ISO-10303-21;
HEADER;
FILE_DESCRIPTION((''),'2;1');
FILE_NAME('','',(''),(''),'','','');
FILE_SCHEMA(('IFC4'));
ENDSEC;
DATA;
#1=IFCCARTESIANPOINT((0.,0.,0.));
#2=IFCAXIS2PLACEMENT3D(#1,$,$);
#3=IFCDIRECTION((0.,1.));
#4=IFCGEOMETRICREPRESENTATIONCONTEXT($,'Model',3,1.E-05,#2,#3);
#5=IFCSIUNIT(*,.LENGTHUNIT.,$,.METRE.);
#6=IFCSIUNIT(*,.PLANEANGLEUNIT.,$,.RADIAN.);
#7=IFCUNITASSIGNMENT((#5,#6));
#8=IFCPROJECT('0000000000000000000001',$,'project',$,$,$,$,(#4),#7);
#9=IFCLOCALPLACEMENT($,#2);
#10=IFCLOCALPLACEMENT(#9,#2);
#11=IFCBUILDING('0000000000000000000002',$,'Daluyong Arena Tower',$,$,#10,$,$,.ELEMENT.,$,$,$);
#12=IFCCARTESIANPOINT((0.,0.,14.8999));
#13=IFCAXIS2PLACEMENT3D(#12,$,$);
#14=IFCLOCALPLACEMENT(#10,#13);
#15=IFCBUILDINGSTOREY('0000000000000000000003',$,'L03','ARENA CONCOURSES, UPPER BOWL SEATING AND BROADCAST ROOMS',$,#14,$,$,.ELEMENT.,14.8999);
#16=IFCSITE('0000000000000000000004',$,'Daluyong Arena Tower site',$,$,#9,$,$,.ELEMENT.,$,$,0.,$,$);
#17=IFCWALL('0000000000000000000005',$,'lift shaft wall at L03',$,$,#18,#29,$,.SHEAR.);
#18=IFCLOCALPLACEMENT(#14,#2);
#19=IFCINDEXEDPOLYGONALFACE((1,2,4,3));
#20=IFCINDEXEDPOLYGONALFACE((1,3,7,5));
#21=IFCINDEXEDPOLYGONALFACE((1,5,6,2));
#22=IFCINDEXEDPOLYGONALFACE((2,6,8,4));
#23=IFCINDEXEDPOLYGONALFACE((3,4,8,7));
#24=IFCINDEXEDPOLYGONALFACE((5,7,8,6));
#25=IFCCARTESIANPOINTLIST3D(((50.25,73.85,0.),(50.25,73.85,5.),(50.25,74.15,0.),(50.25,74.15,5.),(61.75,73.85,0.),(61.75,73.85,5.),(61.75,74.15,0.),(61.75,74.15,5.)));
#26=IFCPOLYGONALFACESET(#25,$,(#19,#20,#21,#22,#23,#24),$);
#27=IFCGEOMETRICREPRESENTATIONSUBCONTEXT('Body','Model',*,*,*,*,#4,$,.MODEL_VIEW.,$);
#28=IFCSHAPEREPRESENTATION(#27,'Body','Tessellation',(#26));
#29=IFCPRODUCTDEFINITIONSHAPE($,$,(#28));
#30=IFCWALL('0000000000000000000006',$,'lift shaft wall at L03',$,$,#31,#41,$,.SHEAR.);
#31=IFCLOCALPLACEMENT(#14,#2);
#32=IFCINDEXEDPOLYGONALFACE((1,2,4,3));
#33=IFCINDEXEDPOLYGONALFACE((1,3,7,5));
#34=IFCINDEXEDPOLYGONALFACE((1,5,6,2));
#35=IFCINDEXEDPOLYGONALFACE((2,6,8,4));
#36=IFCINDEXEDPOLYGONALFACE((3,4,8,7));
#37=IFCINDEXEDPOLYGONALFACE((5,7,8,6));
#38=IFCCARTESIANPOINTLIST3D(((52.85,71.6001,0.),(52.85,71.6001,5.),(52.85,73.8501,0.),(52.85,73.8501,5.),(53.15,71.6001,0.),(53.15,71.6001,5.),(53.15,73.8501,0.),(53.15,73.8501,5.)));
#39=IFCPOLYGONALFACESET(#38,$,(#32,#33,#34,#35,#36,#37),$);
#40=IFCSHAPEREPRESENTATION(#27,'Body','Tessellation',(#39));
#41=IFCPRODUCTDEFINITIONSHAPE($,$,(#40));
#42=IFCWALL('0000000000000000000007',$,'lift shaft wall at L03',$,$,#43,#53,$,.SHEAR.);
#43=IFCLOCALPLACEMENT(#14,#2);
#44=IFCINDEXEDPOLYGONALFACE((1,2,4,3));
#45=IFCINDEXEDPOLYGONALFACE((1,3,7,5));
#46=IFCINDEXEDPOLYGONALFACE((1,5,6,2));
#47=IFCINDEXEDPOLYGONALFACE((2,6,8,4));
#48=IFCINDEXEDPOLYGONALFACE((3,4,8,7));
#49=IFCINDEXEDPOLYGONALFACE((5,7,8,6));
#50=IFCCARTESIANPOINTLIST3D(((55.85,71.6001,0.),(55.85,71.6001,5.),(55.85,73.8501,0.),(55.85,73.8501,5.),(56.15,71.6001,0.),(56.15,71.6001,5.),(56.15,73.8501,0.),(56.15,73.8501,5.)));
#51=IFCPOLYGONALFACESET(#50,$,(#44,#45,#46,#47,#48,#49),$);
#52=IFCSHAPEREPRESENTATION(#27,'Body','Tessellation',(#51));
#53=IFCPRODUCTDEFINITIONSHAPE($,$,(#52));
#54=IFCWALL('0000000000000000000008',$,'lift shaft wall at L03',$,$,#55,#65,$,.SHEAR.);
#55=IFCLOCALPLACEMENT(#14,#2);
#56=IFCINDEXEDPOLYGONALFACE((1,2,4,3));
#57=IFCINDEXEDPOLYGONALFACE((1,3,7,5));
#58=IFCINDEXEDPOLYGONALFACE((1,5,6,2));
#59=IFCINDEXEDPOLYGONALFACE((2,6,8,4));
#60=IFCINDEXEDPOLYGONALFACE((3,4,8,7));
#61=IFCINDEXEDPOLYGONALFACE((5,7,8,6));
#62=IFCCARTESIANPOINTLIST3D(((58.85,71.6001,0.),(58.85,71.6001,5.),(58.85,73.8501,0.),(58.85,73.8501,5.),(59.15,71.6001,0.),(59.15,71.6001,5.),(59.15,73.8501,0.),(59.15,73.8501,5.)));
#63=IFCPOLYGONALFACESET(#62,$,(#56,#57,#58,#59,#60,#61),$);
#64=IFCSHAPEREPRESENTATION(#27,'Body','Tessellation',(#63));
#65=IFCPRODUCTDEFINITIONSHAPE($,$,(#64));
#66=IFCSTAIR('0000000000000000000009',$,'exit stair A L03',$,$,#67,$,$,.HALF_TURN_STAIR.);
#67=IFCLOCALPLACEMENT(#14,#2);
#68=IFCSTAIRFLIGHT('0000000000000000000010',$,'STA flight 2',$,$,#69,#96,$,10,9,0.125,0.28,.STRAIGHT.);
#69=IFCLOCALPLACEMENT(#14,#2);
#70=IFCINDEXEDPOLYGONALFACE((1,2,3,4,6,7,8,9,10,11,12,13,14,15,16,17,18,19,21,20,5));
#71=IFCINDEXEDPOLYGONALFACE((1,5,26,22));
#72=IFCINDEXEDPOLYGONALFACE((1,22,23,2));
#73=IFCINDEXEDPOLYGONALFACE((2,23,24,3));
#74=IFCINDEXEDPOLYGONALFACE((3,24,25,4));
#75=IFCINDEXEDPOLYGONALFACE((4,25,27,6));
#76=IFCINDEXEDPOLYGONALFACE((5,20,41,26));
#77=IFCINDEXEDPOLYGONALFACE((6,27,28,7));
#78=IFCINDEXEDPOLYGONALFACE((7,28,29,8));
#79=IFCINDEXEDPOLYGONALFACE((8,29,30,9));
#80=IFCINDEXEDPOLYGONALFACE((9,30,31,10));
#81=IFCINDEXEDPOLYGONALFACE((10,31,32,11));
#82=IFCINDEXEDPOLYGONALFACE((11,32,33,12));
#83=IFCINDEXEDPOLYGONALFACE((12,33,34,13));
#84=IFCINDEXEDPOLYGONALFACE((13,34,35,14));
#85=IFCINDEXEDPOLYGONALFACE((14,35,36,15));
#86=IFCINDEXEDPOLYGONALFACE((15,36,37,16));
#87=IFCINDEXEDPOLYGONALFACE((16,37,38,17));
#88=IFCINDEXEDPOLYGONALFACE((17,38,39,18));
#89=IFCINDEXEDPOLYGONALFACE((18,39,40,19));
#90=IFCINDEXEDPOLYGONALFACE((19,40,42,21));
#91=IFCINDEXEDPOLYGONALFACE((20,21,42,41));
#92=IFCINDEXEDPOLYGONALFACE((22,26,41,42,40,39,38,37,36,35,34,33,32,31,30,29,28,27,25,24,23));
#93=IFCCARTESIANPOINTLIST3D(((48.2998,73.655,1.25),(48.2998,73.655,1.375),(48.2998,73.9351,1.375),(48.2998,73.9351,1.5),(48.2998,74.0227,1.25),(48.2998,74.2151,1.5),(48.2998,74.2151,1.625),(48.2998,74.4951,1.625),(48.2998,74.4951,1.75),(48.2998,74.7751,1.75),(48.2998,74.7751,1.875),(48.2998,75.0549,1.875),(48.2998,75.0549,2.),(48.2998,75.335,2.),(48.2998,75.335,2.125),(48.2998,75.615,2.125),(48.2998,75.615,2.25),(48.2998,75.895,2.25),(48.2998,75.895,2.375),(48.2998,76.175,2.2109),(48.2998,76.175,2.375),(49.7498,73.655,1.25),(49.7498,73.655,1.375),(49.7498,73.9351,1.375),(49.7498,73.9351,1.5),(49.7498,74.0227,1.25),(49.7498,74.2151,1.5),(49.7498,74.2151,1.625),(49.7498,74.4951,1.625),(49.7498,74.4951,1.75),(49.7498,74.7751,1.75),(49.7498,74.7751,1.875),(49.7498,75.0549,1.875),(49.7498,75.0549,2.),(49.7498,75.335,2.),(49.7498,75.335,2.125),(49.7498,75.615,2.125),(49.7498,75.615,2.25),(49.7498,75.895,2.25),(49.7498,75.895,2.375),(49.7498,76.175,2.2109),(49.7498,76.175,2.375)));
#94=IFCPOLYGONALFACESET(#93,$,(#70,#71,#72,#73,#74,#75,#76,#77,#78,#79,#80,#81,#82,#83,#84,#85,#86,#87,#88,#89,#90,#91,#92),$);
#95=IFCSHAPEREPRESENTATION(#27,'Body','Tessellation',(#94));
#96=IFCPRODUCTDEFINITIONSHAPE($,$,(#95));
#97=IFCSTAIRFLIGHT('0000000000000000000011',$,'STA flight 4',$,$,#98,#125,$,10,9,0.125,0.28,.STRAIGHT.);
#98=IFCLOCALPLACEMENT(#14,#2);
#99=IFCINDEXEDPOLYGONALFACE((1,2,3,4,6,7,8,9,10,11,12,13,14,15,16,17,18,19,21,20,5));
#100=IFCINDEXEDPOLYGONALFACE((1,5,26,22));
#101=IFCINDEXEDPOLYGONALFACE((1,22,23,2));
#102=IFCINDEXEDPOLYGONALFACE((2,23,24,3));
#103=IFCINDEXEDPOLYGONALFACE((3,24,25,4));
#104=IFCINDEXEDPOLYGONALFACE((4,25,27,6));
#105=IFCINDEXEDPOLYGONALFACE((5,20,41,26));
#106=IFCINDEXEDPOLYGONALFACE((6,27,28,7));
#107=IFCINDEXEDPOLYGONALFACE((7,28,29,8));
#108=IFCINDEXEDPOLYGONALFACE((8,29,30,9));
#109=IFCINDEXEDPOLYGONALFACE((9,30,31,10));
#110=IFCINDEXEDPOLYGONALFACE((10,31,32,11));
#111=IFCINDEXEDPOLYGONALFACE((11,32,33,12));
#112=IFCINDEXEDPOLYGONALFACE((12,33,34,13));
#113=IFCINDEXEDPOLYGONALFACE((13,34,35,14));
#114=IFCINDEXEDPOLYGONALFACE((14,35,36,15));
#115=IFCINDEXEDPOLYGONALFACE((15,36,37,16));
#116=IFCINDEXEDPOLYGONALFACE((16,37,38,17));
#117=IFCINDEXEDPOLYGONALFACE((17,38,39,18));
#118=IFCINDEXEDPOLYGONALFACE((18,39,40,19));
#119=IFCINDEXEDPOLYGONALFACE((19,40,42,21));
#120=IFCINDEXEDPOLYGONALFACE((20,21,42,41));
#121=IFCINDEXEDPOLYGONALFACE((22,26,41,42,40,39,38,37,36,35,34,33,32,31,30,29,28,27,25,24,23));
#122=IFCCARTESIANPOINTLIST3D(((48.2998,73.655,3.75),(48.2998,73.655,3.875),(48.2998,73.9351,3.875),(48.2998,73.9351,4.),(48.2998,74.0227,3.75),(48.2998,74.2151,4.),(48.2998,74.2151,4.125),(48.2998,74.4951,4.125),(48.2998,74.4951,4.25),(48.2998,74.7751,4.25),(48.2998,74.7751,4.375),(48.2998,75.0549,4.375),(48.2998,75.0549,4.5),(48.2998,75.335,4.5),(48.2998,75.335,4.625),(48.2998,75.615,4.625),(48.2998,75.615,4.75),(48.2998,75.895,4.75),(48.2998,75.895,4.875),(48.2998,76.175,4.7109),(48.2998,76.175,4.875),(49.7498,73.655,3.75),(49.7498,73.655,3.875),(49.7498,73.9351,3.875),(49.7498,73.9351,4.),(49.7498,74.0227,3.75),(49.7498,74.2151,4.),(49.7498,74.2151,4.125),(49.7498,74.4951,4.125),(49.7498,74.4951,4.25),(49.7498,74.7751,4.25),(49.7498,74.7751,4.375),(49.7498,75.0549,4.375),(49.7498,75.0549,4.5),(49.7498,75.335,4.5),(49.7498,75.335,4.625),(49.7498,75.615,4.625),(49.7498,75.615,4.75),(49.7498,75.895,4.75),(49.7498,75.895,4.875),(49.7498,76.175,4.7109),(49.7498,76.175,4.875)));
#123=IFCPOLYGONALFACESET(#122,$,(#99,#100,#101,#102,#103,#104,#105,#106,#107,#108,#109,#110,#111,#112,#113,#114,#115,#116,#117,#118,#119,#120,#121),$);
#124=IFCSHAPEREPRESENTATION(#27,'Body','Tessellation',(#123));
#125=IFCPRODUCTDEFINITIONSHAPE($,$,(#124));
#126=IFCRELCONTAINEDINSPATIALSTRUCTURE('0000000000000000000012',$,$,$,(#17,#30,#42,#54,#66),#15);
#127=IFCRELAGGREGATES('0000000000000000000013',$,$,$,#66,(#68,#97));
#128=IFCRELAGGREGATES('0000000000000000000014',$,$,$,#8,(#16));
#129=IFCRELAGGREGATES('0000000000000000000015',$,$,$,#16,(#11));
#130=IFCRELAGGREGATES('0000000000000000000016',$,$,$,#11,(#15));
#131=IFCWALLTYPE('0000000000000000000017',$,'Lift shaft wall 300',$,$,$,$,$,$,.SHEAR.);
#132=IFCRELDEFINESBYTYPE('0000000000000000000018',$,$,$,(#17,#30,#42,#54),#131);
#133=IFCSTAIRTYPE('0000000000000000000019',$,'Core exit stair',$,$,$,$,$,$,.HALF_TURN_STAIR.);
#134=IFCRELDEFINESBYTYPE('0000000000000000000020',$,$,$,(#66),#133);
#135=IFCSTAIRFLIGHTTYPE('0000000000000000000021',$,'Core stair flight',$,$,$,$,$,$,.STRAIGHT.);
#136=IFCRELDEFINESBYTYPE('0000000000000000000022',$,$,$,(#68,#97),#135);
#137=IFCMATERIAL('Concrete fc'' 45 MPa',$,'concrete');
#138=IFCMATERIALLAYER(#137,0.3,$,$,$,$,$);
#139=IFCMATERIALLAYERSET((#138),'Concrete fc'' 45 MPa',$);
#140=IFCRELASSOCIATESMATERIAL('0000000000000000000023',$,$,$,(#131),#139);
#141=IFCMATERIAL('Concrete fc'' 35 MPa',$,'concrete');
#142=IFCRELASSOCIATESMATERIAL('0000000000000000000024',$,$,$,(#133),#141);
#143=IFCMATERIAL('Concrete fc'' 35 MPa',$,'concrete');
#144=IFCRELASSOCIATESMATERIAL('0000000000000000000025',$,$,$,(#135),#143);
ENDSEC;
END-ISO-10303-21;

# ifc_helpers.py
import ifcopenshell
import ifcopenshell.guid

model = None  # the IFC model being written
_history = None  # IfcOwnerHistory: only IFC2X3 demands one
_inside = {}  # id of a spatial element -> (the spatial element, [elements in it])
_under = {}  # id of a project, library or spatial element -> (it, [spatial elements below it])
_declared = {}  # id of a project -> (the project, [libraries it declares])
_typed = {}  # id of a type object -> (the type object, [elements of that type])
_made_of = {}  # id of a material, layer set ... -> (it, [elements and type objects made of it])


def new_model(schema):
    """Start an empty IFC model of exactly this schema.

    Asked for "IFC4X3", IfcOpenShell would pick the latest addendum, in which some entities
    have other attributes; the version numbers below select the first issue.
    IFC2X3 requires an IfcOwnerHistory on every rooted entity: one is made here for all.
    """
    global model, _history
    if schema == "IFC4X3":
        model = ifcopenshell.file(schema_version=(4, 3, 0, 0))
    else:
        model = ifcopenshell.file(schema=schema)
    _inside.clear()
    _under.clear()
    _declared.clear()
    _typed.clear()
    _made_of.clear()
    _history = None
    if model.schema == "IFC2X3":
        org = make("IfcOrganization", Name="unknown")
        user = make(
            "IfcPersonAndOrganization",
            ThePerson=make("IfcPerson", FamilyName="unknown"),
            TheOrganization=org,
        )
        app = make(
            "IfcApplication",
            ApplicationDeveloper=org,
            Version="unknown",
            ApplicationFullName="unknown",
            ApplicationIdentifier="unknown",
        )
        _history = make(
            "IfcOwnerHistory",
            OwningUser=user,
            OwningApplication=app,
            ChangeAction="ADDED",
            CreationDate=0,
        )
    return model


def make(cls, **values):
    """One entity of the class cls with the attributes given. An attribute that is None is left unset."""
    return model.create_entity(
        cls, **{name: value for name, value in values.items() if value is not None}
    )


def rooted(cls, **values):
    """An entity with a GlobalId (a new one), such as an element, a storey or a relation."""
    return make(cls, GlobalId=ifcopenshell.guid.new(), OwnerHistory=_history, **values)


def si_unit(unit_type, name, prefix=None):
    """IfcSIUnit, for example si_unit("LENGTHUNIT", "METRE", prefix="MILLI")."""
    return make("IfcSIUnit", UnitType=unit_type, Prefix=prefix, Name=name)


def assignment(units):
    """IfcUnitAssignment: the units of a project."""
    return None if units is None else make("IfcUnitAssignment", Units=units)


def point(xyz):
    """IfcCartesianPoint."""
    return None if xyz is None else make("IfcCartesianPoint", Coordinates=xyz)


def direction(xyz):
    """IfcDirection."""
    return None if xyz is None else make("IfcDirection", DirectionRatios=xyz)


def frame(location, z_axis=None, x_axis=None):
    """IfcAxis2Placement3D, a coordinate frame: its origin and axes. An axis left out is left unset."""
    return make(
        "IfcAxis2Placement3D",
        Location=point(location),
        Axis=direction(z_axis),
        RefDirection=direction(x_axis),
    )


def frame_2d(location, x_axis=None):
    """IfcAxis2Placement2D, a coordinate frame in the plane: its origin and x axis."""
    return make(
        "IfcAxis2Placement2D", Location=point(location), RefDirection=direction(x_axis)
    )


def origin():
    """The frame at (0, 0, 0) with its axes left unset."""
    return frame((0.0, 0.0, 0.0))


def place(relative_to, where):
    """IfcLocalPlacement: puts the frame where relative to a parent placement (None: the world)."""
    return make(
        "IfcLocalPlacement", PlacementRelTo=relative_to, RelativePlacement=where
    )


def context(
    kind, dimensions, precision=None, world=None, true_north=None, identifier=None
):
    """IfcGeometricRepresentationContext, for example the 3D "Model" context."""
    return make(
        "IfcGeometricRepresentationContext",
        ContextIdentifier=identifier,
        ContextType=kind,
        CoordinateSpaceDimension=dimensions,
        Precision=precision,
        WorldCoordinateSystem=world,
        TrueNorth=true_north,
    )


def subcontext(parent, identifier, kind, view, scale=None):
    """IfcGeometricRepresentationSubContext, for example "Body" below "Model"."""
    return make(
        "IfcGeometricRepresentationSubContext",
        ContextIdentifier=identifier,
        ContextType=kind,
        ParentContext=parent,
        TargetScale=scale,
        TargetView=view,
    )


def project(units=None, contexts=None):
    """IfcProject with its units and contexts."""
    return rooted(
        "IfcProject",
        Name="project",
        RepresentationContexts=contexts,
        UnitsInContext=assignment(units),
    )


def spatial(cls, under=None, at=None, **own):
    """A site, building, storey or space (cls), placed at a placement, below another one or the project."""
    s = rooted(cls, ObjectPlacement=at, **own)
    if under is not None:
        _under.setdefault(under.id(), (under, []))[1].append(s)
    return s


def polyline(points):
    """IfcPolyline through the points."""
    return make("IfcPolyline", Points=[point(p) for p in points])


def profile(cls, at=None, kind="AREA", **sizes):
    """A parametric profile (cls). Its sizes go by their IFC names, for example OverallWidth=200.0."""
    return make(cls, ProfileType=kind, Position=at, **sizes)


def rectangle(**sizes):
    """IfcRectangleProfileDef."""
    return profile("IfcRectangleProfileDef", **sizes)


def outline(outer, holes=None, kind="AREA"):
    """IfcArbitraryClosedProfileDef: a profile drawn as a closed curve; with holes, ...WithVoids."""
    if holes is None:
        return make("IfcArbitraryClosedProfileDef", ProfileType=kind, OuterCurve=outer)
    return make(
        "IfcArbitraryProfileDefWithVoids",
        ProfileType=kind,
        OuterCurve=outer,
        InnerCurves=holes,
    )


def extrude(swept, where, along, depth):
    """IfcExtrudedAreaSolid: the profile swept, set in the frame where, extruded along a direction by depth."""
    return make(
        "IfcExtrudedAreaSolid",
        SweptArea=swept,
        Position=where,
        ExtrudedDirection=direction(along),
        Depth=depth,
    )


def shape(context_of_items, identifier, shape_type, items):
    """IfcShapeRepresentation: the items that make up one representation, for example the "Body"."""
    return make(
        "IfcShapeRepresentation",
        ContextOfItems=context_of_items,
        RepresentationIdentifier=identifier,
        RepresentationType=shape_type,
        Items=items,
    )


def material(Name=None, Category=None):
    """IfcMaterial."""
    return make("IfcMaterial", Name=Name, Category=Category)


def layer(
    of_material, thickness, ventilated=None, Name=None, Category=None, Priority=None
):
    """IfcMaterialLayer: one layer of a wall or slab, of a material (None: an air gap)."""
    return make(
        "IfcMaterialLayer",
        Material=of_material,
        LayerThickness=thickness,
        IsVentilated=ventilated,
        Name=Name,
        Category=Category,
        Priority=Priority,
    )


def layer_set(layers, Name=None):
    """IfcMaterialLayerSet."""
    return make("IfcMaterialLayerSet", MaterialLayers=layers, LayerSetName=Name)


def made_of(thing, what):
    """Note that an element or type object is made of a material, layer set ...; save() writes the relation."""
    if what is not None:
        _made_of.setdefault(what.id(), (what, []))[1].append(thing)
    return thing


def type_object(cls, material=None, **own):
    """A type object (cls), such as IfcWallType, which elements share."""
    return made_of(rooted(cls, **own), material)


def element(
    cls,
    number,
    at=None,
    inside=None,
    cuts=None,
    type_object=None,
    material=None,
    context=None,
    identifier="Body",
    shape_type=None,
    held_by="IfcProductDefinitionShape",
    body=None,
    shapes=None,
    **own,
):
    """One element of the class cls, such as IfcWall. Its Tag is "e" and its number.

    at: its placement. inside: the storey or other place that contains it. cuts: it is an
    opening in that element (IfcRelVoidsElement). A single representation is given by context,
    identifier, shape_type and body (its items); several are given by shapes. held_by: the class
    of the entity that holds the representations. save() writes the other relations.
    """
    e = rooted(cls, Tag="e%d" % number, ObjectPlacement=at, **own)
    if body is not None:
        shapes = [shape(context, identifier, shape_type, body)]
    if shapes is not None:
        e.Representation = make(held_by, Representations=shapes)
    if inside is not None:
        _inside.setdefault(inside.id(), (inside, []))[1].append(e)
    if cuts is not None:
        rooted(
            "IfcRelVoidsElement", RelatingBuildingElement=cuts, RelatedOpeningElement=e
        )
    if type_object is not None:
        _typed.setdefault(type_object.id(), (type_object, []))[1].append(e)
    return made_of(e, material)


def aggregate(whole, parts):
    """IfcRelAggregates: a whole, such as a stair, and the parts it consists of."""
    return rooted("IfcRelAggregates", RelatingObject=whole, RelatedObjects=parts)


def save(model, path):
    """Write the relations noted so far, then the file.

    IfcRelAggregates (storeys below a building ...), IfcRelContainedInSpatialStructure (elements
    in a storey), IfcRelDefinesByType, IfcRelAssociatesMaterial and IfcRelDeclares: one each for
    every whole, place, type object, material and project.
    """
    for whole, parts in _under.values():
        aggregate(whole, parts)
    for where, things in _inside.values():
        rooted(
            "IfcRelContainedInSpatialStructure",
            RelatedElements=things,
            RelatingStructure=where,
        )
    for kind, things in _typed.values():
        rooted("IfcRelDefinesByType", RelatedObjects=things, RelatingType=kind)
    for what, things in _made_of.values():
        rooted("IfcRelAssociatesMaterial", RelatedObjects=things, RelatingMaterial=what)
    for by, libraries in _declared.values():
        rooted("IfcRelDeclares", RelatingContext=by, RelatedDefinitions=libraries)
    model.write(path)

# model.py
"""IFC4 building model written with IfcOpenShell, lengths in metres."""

from ifc_helpers import new_model, si_unit, direction, frame, frame_2d, origin, place, context, subcontext, project, spatial, polyline, rectangle, outline, extrude, material, layer, layer_set, type_object, element, aggregate, save


model = new_model("IFC4")

# Units and contexts
model_context = context("Model", 3, precision=1e-05, world=origin(), true_north=direction((0.0, 1.0)))
body_context = subcontext(model_context, "Body", "Model", "MODEL_VIEW")
ifc_project = project(units=[si_unit("LENGTHUNIT", "METRE"), si_unit("PLANEANGLEUNIT", "RADIAN")], contexts=[model_context])

# Site, building, storey
site_placement = place(None, origin())
site = spatial("IfcSite", under=ifc_project, at=site_placement, Name="Daluyong Arena Tower site", CompositionType="ELEMENT", RefElevation=0.0)
building_placement = place(site_placement, origin())
building = spatial("IfcBuilding", under=site, at=building_placement, Name="Daluyong Arena Tower", CompositionType="ELEMENT")
storey_placement = place(building_placement, frame((0.0, 0.0, 14.8999)))
storey = spatial("IfcBuildingStorey", under=building, at=storey_placement, Name="L03", Description="ARENA CONCOURSES, UPPER BOWL SEATING AND BROADCAST ROOMS", CompositionType="ELEMENT", Elevation=14.8999)

# Walls
ifc_material_1 = material(Name="Concrete fc' 45 MPa", Category="concrete")
ifc_layer_1 = layer(ifc_material_1, 0.3)
ifc_layer_set_1 = layer_set([ifc_layer_1], Name="Concrete fc' 45 MPa")
wall_type_1 = type_object("IfcWallType", Name="Lift shaft wall 300", PredefinedType="SHEAR", material=ifc_layer_set_1)
wall_1_placement = place(storey_placement, frame((50.25, 74.0, 0.0), z_axis=(0.0, 0.0, 1.0), x_axis=(1.0, 0.0, 0.0)))
element("IfcWall", 1, at=wall_1_placement, inside=storey, type_object=wall_type_1, Name="lift shaft wall at L03", PredefinedType="SHEAR", context=body_context, shape_type="SweptSolid", body=[
    extrude(rectangle(XDim=11.5, YDim=0.3, at=frame_2d((5.75, 0.0))), origin(), (0.0, 0.0, 1.0), 5.0),
])
for number, where, z_axis, x_axis, name in (
    (2, (53.0, 71.6001, 0.0), (0.0, 0.0, 1.0), (0.0, 1.0, 0.0), "lift shaft wall at L03"),
    (3, (56.0, 71.6001, 0.0), (0.0, 0.0, 1.0), (0.0, 1.0, 0.0), "lift shaft wall at L03"),
    (4, (59.0, 71.6001, 0.0), (0.0, 0.0, 1.0), (0.0, 1.0, 0.0), "lift shaft wall at L03"),
):
    element("IfcWall", number, at=place(storey_placement, frame(where, z_axis=z_axis, x_axis=x_axis)), inside=storey, type_object=wall_type_1, Name=name, PredefinedType="SHEAR", context=body_context, shape_type="SweptSolid", body=[
        extrude(rectangle(XDim=2.25, YDim=0.3, at=frame_2d((1.125, 0.0))), origin(), (0.0, 0.0, 1.0), 5.0),
    ])

# Stair, stair flights
ifc_material_2 = material(Name="Concrete fc' 35 MPa", Category="concrete")
stair_type = type_object("IfcStairType", Name="Core exit stair", PredefinedType="HALF_TURN_STAIR", material=ifc_material_2)
stair_placement = place(storey_placement, origin())
stair = element("IfcStair", 5, at=stair_placement, inside=storey, type_object=stair_type, Name="exit stair A L03", PredefinedType="HALF_TURN_STAIR")
ifc_material_3 = material(Name="Concrete fc' 35 MPa", Category="concrete")
stair_flight_type = type_object("IfcStairFlightType", Name="Core stair flight", PredefinedType="STRAIGHT", material=ifc_material_3)
stair_flight_1_placement = place(storey_placement, frame((49.0249, 73.655, 1.25), z_axis=(0.0, 0.0, 1.0), x_axis=(0.0, 1.0, 0.0)))
stair_flight_1 = element("IfcStairFlight", 6, at=stair_flight_1_placement, type_object=stair_flight_type, Name="STA flight 2", NumberOfRisers=10, NumberOfTreads=9, PredefinedType="STRAIGHT", RiserHeight=0.125, TreadLength=0.28, context=body_context, shape_type="SweptSolid", body=[
    extrude(outline(polyline([(0.0, 0.0), (0.0, 0.125), (0.28, 0.125), (0.28, 0.25), (0.5601, 0.25), (0.5601, 0.375), (0.8401, 0.375), (0.8401, 0.5), (1.1201, 0.5), (1.1201, 0.625), (1.3999, 0.625), (1.3999, 0.75), (1.6799, 0.75), (1.6799, 0.875), (1.96, 0.875), (1.96, 1.0), (2.24, 1.0), (2.24, 1.125), (2.52, 1.125), (2.52, 1.25), (2.52, 0.9609), (0.3677, 0.0), (0.0, 0.0)])), frame((0.0, 0.7251, 0.0), z_axis=(0.0, -1.0, 0.0), x_axis=(1.0, 0.0, 0.0)), (0.0, 0.0, 1.0), 1.45),
])
stair_flight_2_placement = place(storey_placement, frame((49.0249, 73.655, 3.75), z_axis=(0.0, 0.0, 1.0), x_axis=(0.0, 1.0, 0.0)))
stair_flight_2 = element("IfcStairFlight", 7, at=stair_flight_2_placement, type_object=stair_flight_type, Name="STA flight 4", NumberOfRisers=10, NumberOfTreads=9, PredefinedType="STRAIGHT", RiserHeight=0.125, TreadLength=0.28, context=body_context, shape_type="SweptSolid", body=[
    extrude(outline(polyline([(0.0, 0.0), (0.0, 0.125), (0.28, 0.125), (0.28, 0.25), (0.5601, 0.25), (0.5601, 0.375), (0.8401, 0.375), (0.8401, 0.5), (1.1201, 0.5), (1.1201, 0.625), (1.3999, 0.625), (1.3999, 0.75), (1.6799, 0.75), (1.6799, 0.875), (1.96, 0.875), (1.96, 1.0), (2.24, 1.0), (2.24, 1.125), (2.52, 1.125), (2.52, 1.25), (2.52, 0.9609), (0.3677, 0.0), (0.0, 0.0)])), frame((0.0, 0.7251, 0.0), z_axis=(0.0, -1.0, 0.0), x_axis=(1.0, 0.0, 0.0)), (0.0, 0.0, 1.0), 1.45),
])
aggregate(stair, [stair_flight_1, stair_flight_2])

save(model, "model.ifc")
